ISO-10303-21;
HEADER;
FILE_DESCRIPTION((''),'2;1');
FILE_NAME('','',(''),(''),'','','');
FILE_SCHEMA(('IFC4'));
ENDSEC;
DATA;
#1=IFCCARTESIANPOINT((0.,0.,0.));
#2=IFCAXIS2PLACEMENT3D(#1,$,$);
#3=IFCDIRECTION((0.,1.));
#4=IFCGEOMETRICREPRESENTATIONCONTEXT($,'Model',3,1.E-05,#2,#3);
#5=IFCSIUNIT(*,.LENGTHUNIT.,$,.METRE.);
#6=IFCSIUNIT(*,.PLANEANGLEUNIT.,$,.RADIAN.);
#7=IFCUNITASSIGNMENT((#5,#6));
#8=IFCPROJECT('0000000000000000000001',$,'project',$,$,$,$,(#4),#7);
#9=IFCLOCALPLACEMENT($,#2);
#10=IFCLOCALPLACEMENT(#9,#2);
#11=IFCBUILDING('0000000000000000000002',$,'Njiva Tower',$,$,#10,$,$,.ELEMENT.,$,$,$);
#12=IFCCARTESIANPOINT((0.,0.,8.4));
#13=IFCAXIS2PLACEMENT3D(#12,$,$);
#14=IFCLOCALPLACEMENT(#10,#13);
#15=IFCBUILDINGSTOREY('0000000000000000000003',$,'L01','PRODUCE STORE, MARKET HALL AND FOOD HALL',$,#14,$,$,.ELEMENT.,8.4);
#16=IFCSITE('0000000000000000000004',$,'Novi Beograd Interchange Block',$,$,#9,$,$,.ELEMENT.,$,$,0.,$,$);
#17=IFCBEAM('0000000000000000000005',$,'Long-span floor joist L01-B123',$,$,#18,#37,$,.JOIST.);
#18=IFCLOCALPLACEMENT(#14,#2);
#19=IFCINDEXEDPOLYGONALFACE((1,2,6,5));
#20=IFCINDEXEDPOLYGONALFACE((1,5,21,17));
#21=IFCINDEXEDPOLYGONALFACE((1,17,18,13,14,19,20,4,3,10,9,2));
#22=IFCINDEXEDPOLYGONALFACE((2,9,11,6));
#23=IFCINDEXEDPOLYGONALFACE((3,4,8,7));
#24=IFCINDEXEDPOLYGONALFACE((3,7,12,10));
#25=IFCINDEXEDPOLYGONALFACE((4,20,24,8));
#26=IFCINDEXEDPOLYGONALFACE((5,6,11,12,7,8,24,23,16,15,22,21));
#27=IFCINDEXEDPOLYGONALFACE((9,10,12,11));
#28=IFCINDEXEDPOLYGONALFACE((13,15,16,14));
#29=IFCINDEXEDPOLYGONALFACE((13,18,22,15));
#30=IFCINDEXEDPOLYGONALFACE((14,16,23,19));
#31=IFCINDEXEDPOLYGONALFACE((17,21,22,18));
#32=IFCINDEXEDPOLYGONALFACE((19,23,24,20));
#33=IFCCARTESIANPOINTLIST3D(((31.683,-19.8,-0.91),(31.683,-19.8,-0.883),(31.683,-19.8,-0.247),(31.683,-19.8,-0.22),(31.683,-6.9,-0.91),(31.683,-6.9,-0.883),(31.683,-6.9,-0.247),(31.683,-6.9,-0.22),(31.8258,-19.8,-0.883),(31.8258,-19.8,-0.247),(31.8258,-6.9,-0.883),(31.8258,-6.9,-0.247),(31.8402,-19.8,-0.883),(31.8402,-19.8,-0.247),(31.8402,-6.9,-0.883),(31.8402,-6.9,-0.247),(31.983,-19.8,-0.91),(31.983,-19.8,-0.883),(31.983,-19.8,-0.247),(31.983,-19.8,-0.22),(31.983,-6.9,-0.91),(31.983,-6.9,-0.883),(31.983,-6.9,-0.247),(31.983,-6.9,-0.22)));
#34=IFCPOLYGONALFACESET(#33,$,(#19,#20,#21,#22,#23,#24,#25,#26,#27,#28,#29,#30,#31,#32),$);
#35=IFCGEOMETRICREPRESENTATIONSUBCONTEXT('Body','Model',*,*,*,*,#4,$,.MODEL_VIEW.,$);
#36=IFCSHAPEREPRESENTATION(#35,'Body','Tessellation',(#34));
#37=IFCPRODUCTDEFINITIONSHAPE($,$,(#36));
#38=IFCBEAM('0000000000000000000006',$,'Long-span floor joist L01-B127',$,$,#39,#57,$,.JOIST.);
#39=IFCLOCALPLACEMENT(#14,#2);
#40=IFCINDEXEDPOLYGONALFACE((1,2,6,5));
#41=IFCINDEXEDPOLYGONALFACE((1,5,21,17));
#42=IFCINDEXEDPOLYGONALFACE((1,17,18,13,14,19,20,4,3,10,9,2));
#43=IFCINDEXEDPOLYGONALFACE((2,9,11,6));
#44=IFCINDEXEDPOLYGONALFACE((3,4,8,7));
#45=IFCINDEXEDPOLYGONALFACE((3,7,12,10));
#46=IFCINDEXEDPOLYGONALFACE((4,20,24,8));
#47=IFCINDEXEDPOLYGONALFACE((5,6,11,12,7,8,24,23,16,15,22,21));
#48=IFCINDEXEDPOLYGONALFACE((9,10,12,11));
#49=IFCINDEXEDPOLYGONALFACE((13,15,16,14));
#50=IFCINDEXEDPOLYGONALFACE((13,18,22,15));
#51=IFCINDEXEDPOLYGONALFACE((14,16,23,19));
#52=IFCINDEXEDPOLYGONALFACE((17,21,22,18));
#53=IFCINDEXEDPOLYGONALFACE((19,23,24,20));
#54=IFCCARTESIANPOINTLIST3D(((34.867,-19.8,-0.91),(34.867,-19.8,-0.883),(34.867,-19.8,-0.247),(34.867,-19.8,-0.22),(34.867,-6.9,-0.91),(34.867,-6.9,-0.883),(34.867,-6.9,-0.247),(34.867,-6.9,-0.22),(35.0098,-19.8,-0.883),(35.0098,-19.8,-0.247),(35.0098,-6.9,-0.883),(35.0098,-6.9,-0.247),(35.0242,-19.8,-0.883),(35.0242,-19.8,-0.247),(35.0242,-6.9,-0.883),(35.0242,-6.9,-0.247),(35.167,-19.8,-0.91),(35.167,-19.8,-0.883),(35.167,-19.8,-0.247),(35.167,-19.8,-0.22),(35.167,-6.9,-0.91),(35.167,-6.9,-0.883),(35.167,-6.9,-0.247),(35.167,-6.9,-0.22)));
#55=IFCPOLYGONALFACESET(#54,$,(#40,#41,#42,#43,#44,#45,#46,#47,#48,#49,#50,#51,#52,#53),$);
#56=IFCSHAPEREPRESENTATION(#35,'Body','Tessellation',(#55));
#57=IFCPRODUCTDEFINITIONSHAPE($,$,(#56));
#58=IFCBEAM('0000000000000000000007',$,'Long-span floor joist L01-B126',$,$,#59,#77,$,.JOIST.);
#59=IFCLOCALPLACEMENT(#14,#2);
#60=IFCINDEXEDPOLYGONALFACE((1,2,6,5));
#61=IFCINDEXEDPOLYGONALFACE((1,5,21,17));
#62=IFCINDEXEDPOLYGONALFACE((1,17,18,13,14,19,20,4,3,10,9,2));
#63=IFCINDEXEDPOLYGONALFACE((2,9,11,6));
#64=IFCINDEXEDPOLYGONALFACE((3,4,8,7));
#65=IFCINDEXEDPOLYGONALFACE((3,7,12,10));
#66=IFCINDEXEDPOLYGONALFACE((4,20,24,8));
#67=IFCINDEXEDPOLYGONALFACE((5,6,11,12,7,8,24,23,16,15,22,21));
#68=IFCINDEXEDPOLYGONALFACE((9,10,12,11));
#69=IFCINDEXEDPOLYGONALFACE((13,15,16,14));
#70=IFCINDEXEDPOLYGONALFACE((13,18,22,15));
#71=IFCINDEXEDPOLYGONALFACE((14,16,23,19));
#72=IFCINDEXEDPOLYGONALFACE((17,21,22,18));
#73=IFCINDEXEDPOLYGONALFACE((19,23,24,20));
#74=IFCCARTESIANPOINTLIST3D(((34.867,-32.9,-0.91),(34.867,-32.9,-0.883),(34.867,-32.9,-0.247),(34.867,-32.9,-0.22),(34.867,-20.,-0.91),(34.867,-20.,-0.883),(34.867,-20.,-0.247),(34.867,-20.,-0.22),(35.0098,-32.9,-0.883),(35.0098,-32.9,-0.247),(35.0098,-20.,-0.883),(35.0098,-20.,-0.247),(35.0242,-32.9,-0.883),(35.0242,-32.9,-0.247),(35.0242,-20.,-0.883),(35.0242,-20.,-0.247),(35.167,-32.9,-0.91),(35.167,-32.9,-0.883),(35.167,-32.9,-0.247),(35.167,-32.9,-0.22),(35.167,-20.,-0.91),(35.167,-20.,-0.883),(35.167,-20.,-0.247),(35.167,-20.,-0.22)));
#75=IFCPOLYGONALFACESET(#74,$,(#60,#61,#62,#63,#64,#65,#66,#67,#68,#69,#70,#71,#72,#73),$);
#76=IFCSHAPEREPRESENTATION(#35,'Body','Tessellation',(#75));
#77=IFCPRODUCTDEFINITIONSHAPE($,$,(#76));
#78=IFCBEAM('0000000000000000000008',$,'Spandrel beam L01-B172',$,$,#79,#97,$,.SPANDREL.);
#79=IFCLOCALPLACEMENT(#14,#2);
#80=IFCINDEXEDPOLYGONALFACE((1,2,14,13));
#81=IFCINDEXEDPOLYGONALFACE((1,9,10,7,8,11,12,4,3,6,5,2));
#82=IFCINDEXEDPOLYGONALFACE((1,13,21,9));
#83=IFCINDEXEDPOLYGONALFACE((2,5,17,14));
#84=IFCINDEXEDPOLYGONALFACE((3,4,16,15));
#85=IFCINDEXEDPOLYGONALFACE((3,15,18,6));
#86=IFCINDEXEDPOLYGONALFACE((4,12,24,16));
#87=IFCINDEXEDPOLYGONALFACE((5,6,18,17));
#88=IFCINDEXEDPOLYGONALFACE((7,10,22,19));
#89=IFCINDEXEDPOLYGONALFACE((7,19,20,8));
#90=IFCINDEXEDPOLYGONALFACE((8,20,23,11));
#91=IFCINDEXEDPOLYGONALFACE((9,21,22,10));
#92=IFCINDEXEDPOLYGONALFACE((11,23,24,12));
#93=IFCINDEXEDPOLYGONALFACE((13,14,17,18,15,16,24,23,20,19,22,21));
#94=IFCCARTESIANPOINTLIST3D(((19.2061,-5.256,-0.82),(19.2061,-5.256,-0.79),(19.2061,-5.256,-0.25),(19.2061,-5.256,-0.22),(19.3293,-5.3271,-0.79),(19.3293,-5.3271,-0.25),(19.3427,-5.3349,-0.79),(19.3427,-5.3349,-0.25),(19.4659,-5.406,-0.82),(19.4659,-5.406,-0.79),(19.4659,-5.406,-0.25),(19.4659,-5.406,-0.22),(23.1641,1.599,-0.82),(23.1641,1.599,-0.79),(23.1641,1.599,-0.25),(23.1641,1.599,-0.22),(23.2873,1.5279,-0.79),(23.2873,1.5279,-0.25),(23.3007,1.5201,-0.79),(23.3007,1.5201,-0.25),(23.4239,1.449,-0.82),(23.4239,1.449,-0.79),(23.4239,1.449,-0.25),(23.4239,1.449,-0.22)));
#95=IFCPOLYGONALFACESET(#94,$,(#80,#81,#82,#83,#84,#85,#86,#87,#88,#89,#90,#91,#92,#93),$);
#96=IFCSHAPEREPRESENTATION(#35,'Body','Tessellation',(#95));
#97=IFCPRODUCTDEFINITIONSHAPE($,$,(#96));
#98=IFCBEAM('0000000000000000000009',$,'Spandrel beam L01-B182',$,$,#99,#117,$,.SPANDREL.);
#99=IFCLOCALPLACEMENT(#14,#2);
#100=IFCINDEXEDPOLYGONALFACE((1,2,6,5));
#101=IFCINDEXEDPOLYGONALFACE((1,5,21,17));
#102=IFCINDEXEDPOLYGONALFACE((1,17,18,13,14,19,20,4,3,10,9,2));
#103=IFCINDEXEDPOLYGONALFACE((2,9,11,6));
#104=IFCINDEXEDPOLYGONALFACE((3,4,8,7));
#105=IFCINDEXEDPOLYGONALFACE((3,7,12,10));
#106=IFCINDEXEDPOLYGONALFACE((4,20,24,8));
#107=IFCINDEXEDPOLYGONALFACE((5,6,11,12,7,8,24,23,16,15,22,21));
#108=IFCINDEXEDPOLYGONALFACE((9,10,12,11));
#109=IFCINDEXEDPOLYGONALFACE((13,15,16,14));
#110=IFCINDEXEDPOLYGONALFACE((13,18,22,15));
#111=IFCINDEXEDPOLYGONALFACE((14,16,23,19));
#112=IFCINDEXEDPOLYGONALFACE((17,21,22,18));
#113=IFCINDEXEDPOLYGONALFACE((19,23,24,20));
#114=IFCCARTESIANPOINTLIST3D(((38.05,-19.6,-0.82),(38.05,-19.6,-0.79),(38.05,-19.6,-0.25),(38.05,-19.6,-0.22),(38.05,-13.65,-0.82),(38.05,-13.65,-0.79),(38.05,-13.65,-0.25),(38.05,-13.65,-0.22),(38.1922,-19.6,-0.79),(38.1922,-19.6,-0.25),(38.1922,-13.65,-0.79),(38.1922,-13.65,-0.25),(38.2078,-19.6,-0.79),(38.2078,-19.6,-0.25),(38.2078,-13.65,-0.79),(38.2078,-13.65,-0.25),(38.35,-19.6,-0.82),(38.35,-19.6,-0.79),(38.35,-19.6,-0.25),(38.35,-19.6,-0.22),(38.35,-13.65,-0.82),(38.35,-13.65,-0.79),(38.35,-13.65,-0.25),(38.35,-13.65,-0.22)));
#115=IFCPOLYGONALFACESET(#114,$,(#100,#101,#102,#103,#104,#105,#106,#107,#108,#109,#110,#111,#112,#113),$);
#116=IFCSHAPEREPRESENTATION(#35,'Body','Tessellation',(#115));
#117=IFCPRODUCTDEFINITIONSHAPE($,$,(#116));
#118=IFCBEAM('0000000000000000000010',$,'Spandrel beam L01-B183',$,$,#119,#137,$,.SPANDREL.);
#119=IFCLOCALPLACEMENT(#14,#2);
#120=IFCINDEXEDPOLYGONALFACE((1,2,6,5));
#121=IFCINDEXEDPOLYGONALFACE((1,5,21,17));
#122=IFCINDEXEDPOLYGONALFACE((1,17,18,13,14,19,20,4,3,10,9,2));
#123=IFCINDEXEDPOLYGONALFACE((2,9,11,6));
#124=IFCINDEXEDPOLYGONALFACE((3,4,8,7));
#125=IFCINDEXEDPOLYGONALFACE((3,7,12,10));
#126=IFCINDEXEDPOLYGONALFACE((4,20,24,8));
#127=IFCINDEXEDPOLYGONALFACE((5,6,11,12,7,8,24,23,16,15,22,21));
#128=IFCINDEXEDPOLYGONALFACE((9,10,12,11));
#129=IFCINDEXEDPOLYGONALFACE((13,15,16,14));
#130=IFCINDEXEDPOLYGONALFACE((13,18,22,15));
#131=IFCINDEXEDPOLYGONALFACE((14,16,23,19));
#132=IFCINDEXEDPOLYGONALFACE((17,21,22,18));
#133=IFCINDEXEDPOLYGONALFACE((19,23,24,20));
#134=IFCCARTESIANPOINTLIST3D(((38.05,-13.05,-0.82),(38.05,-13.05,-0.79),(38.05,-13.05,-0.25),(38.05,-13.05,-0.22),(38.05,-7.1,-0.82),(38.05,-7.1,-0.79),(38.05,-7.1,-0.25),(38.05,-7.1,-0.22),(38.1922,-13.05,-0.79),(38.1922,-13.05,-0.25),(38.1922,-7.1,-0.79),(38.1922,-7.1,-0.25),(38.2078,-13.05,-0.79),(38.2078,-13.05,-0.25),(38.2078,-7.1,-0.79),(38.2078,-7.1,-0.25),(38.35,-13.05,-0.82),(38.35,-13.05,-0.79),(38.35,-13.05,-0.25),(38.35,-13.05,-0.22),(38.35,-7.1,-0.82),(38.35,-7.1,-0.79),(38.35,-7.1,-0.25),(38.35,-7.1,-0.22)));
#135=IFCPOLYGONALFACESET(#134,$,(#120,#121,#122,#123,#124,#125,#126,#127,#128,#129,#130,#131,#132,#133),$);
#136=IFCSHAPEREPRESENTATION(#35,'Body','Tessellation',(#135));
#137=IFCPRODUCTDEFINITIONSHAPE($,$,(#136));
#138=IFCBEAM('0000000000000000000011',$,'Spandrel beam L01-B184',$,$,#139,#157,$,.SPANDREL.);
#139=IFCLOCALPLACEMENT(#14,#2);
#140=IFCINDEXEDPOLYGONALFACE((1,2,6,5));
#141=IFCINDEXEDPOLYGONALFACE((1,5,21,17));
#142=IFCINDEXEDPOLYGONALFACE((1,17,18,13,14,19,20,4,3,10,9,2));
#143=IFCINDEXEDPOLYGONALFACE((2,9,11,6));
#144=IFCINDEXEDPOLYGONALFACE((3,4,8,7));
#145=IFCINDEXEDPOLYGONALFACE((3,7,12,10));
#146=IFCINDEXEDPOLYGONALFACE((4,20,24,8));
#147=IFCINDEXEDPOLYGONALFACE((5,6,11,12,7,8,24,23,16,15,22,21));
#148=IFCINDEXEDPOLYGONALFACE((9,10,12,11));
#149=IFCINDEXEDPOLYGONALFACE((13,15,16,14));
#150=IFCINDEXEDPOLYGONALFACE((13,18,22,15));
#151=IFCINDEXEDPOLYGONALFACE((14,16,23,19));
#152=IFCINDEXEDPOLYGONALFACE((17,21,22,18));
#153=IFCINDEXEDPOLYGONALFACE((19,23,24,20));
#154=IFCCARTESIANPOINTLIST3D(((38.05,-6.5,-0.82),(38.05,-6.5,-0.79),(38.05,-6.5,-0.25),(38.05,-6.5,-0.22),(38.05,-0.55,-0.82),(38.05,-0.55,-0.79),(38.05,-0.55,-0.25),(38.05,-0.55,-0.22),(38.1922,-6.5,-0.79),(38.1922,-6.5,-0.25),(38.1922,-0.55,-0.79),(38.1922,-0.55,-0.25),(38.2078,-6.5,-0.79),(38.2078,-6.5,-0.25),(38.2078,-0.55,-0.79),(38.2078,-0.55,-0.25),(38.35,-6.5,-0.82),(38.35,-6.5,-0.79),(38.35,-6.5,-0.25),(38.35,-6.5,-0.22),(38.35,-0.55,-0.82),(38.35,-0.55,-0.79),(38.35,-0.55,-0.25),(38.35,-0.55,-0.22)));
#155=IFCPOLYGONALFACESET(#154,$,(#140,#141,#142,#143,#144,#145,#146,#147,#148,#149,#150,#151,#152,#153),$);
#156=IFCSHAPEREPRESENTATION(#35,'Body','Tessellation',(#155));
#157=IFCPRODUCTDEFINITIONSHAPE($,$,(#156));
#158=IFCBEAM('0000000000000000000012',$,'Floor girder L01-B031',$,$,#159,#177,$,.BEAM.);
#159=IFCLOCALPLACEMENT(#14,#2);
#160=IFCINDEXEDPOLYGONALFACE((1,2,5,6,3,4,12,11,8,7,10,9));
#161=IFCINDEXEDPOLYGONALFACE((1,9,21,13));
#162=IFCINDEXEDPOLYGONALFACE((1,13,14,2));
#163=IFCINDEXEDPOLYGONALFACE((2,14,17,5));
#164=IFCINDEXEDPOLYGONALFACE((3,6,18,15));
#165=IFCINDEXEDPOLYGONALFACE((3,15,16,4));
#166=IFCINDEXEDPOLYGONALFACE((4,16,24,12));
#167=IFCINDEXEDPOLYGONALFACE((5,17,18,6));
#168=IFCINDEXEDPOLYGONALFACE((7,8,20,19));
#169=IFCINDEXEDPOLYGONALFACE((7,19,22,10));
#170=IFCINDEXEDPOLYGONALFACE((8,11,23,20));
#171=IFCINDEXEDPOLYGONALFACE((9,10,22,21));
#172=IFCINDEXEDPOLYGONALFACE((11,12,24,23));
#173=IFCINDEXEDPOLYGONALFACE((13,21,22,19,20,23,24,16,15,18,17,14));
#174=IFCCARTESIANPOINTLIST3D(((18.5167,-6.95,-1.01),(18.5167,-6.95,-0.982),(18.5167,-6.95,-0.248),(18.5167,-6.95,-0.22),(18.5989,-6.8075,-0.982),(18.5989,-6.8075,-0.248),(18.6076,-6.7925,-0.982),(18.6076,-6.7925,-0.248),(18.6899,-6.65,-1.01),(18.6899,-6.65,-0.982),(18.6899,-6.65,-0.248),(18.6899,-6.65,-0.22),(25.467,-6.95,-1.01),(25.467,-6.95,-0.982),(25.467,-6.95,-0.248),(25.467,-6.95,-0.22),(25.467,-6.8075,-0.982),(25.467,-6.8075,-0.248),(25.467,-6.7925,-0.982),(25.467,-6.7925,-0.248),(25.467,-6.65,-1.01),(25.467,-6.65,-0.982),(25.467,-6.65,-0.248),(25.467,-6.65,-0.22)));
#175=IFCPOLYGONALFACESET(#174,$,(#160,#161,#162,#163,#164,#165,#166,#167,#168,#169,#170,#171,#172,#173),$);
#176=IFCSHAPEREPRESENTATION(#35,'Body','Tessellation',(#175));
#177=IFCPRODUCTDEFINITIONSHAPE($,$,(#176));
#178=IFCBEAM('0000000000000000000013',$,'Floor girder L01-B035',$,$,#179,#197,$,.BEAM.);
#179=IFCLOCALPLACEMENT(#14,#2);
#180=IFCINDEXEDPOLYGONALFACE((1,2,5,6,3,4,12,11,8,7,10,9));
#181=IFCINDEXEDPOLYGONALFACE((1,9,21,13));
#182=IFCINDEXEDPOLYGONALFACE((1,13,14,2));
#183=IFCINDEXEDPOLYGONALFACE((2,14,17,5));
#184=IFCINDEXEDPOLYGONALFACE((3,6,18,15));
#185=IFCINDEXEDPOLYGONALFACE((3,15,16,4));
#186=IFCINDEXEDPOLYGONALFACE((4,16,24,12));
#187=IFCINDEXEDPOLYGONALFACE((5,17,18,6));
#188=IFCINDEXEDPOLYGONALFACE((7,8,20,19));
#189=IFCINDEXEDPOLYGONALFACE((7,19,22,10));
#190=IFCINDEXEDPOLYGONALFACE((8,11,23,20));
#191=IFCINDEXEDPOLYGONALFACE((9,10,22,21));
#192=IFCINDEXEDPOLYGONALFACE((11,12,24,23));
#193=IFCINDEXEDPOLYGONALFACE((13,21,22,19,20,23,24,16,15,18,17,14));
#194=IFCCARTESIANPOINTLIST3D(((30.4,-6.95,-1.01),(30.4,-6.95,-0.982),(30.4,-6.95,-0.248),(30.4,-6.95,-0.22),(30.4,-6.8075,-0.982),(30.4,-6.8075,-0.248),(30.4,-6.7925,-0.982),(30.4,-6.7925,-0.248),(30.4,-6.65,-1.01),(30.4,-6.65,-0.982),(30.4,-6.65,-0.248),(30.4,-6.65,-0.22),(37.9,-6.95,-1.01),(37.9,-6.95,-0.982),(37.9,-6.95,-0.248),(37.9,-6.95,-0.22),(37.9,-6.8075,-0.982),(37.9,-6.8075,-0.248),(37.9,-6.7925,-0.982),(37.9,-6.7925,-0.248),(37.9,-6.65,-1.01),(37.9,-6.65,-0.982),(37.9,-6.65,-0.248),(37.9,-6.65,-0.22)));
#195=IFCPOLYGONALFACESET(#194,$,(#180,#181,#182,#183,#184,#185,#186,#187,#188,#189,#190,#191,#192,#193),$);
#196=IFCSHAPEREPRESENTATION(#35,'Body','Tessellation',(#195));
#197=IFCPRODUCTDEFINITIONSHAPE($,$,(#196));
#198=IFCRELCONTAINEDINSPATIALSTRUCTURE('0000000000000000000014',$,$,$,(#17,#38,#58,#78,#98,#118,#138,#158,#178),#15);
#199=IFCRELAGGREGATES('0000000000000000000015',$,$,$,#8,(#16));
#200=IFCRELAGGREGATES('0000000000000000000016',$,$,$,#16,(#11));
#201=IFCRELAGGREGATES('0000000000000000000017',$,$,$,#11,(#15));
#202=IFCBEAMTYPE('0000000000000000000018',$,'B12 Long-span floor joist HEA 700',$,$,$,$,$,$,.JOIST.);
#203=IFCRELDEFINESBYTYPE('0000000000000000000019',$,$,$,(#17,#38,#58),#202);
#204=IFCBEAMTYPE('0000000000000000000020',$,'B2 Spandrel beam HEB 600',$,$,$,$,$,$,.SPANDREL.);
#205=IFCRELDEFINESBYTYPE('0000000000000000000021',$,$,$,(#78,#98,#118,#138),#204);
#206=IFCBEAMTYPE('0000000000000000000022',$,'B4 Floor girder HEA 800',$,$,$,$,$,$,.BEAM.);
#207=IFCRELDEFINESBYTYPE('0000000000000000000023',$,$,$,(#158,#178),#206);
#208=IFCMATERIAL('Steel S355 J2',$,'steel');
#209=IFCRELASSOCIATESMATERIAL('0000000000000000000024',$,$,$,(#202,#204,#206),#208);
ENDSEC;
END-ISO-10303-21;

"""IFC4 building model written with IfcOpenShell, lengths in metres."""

from ifc_helpers import new_model, si_unit, direction, frame, origin, origin_2d, place, context, subcontext, project, spatial, i_section, extrude, clip, halfspace, material, material_profile, profile_set, type_object, element, save


model = new_model("IFC4")

# Units and contexts
model_context = context("Model", 3, precision=1e-05, world=origin(), true_north=direction((0.0, 1.0)))
body_context = subcontext(model_context, "Body", "Model", "MODEL_VIEW")
ifc_project = project(units=[si_unit("LENGTHUNIT", "METRE"), si_unit("PLANEANGLEUNIT", "RADIAN")], contexts=[model_context])

# Site, building, storey
site_placement = place(None, origin())
site = spatial("IfcSite", under=ifc_project, at=site_placement, Name="Novi Beograd Interchange Block", CompositionType="ELEMENT", RefElevation=0.0)
building_placement = place(site_placement, origin())
building = spatial("IfcBuilding", under=site, at=building_placement, Name="Njiva Tower", CompositionType="ELEMENT")
storey_placement = place(building_placement, frame((0.0, 0.0, 8.4)))
storey = spatial("IfcBuildingStorey", under=building, at=storey_placement, Name="L01", Description="PRODUCE STORE, MARKET HALL AND FOOD HALL", CompositionType="ELEMENT", Elevation=8.4)

# Shared definitions
ifc_material_1 = material(Name="Steel S355 J2", Category="steel")

# Beams
ifc_material_profile_1 = material_profile(ifc_material_1, i_section(OverallWidth=0.3, OverallDepth=0.69, WebThickness=0.0145, FlangeThickness=0.027, at=origin_2d()), Name="HEA 700")
ifc_profile_set_1 = profile_set([ifc_material_profile_1], Name="Steel S355 J2")
beam_type_1 = type_object("IfcBeamType", Name="B12 Long-span floor joist HEA 700", PredefinedType="JOIST", material=ifc_profile_set_1)
for number, where, z_axis, x_axis, name in (
    (1, (31.833, -6.9, -0.565), (0.0, -1.0, 0.0), (1.0, 0.0, 0.0), "Long-span floor joist L01-B123"),
    (2, (35.017, -6.9, -0.565), (0.0, -1.0, 0.0), (1.0, 0.0, 0.0), "Long-span floor joist L01-B127"),
    (3, (35.017, -20.0, -0.565), (0.0, -1.0, 0.0), (1.0, 0.0, 0.0), "Long-span floor joist L01-B126"),
):
    element("IfcBeam", number, at=place(storey_placement, frame(where, z_axis=z_axis, x_axis=x_axis)), inside=storey, type_object=beam_type_1, Name=name, PredefinedType="JOIST", context=body_context, shape_type="SweptSolid", body=[
        extrude(i_section(OverallWidth=0.3, OverallDepth=0.69, WebThickness=0.0145, FlangeThickness=0.027, at=origin_2d()), origin(), (0.0, 0.0, 1.0), 12.9),
    ])
ifc_material_profile_2 = material_profile(ifc_material_1, i_section(OverallWidth=0.3, OverallDepth=0.6, WebThickness=0.0155, FlangeThickness=0.03, at=origin_2d()), Name="HEB 600")
ifc_profile_set_2 = profile_set([ifc_material_profile_2], Name="Steel S355 J2")
beam_type_2 = type_object("IfcBeamType", Name="B2 Spandrel beam HEB 600", PredefinedType="SPANDREL", material=ifc_profile_set_2)
beam_1_placement = place(storey_placement, frame((19.336, -5.331, -0.52), z_axis=(0.500025, 0.866011, 0.0), x_axis=(-0.866011, 0.500025, 0.0)))
element("IfcBeam", 4, at=beam_1_placement, inside=storey, type_object=beam_type_2, Name="Spandrel beam L01-B172", PredefinedType="SPANDREL", context=body_context, shape_type="SweptSolid", body=[
    extrude(i_section(OverallWidth=0.3, OverallDepth=0.6, WebThickness=0.0155, FlangeThickness=0.03, at=origin_2d()), origin(), (0.0, 0.0, 1.0), 7.9156),
])
for number, where, z_axis, x_axis, name in (
    (5, (38.2, -19.6, -0.52), (0.0, 1.0, 0.0), (-1.0, 0.0, 0.0), "Spandrel beam L01-B182"),
    (6, (38.2, -13.05, -0.52), (0.0, 1.0, 0.0), (-1.0, 0.0, 0.0), "Spandrel beam L01-B183"),
    (7, (38.2, -6.5, -0.52), (0.0, 1.0, 0.0), (-1.0, 0.0, 0.0), "Spandrel beam L01-B184"),
):
    element("IfcBeam", number, at=place(storey_placement, frame(where, z_axis=z_axis, x_axis=x_axis)), inside=storey, type_object=beam_type_2, Name=name, PredefinedType="SPANDREL", context=body_context, shape_type="SweptSolid", body=[
        extrude(i_section(OverallWidth=0.3, OverallDepth=0.6, WebThickness=0.0155, FlangeThickness=0.03, at=origin_2d()), origin(), (0.0, 0.0, 1.0), 5.95),
    ])
ifc_material_profile_3 = material_profile(ifc_material_1, i_section(OverallWidth=0.3, OverallDepth=0.79, WebThickness=0.015, FlangeThickness=0.028, at=origin_2d()), Name="HEA 800")
ifc_profile_set_3 = profile_set([ifc_material_profile_3], Name="Steel S355 J2")
beam_type_3 = type_object("IfcBeamType", Name="B4 Floor girder HEA 800", PredefinedType="BEAM", material=ifc_profile_set_3)
beam_2_placement = place(storey_placement, frame((18.496, -6.8, -0.615), z_axis=(1.0, 0.0, 0.0), x_axis=(0.0, 1.0, 0.0)))
element("IfcBeam", 8, at=beam_2_placement, inside=storey, type_object=beam_type_3, Name="Floor girder L01-B031", PredefinedType="BEAM", context=body_context, shape_type="Clipping", body=[
    clip(extrude(i_section(OverallWidth=0.3, OverallDepth=0.79, WebThickness=0.015, FlangeThickness=0.028, at=origin_2d()), origin(), (0.0, 0.0, 1.0), 6.971), halfspace(frame((0.025, 0.0, 0.1217), z_axis=(0.499998, 0.0, -0.866027), x_axis=(0.0, -1.0, 0.0)), False)),
])
beam_3_placement = place(storey_placement, frame((30.4, -6.8, -0.615), z_axis=(1.0, 0.0, 0.0), x_axis=(0.0, 1.0, 0.0)))
element("IfcBeam", 9, at=beam_3_placement, inside=storey, type_object=beam_type_3, Name="Floor girder L01-B035", PredefinedType="BEAM", context=body_context, shape_type="SweptSolid", body=[
    extrude(i_section(OverallWidth=0.3, OverallDepth=0.79, WebThickness=0.015, FlangeThickness=0.028, at=origin_2d()), origin(), (0.0, 0.0, 1.0), 7.5),
])

save(model, "model.ifc")
